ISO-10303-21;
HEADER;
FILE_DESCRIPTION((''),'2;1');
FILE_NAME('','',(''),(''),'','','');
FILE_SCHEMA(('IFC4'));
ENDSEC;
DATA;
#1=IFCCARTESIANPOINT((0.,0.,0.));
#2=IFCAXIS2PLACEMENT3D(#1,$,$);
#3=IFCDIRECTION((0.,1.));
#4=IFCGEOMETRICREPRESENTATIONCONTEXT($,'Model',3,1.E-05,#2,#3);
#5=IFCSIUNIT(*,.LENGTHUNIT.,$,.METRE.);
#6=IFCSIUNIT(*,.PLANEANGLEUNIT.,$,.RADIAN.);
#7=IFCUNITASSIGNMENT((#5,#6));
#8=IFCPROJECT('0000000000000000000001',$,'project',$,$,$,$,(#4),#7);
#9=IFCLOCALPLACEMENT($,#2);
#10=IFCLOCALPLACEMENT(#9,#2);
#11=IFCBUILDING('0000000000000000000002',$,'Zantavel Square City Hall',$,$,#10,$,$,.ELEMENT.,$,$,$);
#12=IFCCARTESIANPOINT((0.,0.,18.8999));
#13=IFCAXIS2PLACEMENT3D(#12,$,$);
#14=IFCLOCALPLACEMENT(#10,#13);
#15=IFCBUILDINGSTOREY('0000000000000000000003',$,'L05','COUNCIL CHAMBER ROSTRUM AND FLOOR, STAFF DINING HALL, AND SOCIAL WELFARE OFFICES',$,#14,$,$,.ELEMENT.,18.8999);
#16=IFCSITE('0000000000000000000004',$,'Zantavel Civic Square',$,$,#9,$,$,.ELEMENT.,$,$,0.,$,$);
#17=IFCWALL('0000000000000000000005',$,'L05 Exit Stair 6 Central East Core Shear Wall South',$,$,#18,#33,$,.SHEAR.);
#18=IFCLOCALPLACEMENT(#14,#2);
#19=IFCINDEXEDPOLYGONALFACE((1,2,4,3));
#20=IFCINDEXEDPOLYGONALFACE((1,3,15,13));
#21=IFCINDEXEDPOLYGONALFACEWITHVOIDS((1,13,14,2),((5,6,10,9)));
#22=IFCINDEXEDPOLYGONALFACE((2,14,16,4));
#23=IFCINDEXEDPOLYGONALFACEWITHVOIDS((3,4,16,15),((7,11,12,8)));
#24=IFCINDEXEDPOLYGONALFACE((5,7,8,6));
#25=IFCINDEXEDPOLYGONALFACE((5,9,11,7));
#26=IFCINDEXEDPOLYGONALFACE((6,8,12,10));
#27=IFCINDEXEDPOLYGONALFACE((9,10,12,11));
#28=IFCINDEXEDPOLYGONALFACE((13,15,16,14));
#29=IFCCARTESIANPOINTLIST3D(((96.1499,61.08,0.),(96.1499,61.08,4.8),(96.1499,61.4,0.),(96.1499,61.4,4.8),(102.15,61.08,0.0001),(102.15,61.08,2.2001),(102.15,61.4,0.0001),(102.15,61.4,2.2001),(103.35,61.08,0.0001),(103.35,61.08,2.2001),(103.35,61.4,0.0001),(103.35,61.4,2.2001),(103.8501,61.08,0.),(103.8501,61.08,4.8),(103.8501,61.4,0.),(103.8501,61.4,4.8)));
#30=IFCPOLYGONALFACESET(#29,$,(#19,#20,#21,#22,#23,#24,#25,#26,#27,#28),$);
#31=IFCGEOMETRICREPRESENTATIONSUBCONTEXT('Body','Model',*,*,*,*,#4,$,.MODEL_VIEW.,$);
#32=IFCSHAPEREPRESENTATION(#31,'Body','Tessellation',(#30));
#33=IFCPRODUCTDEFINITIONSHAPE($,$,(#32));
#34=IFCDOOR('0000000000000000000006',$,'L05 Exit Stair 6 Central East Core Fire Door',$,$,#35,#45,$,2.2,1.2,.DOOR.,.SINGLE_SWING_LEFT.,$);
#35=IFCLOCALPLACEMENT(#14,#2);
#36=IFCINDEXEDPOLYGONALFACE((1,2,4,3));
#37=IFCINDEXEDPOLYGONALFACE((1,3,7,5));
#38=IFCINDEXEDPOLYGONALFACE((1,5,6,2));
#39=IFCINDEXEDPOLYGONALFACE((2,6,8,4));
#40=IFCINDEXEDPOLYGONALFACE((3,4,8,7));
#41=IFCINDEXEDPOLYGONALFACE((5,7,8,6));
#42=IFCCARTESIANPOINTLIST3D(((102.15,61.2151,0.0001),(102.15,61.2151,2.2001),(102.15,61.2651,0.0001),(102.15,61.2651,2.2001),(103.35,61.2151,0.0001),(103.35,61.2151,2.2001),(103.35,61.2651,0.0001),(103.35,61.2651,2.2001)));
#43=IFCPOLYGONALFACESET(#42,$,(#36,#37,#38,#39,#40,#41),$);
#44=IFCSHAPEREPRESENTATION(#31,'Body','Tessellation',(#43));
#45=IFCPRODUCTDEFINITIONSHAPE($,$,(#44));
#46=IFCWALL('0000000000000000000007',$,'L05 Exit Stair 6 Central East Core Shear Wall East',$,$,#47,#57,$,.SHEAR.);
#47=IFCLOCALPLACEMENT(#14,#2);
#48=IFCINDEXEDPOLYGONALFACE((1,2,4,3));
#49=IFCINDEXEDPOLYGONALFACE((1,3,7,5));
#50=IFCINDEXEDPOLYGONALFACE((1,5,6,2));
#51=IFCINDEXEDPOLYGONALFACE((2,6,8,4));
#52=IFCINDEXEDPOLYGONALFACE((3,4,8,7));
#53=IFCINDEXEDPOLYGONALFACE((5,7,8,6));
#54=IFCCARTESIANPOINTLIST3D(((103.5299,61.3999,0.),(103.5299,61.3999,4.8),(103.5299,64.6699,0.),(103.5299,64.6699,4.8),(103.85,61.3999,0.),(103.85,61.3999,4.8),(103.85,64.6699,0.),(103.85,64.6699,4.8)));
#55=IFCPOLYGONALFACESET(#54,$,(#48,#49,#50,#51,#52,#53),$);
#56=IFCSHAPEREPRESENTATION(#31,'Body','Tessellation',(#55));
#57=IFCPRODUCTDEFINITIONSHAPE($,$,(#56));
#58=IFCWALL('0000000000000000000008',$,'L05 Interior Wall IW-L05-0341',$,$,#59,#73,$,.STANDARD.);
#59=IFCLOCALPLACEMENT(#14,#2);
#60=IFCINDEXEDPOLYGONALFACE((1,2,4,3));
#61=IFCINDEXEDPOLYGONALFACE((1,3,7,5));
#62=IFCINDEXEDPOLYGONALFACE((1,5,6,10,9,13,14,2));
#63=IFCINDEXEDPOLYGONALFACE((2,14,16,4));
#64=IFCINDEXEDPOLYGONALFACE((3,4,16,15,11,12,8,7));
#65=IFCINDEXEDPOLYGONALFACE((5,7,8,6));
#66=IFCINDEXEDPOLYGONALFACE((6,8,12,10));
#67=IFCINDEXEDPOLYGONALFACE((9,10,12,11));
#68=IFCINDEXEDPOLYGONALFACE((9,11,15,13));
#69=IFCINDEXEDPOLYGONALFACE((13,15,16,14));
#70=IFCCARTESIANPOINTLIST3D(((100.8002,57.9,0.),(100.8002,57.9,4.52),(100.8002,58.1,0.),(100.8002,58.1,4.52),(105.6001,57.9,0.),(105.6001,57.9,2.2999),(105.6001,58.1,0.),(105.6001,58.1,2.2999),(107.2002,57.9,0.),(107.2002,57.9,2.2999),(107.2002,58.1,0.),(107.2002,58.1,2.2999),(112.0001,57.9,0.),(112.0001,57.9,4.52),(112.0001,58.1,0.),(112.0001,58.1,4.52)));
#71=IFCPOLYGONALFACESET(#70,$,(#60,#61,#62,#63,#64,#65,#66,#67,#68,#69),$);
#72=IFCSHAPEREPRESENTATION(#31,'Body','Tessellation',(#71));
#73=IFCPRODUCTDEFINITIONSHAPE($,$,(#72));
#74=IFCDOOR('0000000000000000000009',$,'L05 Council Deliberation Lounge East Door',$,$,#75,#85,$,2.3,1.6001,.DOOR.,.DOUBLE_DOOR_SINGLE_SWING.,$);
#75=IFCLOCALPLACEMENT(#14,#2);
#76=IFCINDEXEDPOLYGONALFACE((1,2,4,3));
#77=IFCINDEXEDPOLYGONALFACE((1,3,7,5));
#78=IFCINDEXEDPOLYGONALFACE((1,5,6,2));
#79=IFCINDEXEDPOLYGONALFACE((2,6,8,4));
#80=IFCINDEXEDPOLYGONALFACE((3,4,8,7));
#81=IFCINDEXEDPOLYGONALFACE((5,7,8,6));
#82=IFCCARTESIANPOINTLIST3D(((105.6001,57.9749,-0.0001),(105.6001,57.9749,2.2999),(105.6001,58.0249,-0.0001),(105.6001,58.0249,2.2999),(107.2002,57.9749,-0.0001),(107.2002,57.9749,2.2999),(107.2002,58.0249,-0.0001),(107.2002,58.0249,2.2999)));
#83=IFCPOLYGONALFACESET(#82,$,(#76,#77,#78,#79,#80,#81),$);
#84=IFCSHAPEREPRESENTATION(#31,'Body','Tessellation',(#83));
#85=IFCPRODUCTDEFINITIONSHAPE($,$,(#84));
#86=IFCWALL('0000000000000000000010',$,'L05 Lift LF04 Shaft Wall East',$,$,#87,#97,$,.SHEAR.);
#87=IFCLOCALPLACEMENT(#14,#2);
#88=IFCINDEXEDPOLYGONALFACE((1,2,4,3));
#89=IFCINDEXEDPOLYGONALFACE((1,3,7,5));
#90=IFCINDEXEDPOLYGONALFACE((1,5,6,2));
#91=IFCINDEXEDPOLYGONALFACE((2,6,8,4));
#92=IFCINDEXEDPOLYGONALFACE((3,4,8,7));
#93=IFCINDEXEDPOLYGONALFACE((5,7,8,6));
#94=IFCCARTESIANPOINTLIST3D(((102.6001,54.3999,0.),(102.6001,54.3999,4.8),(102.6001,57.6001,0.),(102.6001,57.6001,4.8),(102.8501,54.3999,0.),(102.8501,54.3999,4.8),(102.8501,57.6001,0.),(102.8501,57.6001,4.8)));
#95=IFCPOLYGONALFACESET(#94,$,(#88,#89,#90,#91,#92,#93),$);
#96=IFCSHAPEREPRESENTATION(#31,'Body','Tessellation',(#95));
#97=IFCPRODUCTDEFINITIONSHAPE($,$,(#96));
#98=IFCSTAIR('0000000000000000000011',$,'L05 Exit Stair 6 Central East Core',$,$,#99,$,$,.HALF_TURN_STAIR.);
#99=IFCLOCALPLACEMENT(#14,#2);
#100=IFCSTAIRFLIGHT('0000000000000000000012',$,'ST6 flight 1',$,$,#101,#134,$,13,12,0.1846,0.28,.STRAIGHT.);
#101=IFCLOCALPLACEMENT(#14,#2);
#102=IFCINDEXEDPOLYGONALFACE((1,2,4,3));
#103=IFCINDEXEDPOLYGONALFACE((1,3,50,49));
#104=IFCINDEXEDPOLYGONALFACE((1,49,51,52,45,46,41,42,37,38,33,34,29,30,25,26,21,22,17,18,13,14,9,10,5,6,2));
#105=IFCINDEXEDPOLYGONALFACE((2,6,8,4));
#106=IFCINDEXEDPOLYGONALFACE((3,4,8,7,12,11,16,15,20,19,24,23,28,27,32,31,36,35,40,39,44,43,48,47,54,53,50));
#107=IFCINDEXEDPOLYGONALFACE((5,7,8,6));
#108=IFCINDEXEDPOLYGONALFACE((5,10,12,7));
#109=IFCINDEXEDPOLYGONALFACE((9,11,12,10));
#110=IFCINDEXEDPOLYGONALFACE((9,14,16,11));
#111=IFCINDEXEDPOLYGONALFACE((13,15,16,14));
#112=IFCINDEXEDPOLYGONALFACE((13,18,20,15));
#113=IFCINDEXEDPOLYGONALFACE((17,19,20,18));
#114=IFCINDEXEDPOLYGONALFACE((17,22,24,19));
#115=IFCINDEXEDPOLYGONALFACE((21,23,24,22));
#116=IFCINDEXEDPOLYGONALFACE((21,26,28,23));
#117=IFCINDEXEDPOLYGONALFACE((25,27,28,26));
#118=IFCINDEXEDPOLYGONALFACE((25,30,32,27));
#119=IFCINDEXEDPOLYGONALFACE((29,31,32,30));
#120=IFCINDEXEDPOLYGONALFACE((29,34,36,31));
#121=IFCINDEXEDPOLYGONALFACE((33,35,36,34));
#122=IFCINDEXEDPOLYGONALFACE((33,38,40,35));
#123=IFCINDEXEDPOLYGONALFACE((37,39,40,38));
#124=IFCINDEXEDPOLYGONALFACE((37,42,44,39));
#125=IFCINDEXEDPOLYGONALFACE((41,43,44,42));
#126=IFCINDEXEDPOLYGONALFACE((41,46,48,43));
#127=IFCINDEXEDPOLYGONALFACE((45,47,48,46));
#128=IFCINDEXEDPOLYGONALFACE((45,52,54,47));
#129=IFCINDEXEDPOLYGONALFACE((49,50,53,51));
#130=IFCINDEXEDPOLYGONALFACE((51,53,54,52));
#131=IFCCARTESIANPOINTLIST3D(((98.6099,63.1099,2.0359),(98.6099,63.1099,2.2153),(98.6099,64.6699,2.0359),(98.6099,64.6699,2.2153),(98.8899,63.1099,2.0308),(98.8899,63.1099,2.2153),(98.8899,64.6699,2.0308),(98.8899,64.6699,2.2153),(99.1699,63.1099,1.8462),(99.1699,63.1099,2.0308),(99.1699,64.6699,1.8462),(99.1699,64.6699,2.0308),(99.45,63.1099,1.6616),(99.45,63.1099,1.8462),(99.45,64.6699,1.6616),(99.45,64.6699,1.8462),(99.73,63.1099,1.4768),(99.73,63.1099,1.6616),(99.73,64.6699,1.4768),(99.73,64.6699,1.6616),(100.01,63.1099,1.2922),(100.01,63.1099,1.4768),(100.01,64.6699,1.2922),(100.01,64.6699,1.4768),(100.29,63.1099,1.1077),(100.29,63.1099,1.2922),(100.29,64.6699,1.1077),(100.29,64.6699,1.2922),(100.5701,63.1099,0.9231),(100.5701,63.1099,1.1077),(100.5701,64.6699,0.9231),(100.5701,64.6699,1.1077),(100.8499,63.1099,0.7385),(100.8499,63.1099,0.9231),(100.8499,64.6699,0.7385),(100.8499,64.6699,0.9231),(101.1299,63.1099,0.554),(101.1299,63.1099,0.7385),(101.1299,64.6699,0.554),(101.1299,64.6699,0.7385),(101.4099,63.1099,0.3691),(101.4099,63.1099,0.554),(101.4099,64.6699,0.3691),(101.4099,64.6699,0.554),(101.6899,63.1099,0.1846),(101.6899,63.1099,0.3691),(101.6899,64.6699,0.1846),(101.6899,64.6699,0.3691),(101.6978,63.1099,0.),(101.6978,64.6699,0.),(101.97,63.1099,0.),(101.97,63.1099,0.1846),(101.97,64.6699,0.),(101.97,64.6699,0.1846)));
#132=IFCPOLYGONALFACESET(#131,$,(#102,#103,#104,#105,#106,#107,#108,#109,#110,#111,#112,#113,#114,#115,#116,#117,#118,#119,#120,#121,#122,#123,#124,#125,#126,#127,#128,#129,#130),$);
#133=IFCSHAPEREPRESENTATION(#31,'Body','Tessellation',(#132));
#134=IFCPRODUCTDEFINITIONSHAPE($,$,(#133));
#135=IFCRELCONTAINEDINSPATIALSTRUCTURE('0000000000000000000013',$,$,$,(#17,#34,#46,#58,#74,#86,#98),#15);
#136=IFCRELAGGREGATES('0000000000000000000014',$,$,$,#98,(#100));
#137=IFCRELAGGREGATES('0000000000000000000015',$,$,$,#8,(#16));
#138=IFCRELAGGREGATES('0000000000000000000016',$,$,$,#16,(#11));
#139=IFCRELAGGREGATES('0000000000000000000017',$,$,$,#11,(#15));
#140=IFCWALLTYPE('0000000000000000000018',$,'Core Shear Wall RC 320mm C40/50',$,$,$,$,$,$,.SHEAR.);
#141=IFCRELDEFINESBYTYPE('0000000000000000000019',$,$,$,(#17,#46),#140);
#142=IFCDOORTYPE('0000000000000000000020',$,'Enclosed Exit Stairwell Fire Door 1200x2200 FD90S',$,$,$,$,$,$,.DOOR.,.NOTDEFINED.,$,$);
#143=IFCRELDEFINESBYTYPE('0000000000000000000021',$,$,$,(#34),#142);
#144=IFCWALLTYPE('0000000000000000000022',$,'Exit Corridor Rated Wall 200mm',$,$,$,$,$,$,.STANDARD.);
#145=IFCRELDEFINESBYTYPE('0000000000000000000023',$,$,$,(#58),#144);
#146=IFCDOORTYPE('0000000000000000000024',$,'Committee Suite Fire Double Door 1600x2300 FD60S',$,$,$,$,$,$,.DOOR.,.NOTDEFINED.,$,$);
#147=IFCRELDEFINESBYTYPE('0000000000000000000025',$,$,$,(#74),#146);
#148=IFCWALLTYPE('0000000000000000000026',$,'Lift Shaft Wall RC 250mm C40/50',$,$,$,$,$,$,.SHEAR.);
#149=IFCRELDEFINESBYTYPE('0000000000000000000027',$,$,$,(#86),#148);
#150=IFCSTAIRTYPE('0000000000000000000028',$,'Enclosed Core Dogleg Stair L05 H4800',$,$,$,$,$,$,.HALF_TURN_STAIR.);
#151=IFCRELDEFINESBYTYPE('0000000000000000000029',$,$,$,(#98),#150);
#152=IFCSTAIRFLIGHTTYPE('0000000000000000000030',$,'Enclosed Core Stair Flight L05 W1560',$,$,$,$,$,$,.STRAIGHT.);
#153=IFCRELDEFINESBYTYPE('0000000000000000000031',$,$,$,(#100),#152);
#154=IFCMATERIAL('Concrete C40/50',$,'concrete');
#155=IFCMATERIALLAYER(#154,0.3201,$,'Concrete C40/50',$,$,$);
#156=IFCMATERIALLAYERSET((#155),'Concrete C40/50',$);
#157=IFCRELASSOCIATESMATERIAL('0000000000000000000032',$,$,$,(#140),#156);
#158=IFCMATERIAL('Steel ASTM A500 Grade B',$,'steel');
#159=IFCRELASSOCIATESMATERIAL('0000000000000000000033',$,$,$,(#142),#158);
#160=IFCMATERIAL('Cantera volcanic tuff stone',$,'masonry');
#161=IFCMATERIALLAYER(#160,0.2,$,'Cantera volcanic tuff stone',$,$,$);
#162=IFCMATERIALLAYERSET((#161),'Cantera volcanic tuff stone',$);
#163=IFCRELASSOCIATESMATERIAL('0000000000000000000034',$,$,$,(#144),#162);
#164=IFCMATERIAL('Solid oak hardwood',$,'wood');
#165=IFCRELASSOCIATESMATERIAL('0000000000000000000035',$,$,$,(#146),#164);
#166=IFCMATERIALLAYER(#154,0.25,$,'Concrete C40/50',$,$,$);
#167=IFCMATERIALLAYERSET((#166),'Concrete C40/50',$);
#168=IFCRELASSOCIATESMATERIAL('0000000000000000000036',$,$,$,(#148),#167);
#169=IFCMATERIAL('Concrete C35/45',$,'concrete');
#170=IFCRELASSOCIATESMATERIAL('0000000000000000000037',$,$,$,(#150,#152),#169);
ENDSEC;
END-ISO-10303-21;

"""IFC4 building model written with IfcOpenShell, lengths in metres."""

from ifc_helpers import new_model, si_unit, direction, frame, frame_2d, origin, place, context, subcontext, project, spatial, polyline, rectangle, outline, extrude, material, layer, layer_set, type_object, element, fill, aggregate, save


model = new_model("IFC4")

# Units and contexts
model_context = context("Model", 3, precision=1e-05, world=origin(), true_north=direction((0.0, 1.0)))
body_context = subcontext(model_context, "Body", "Model", "MODEL_VIEW")
ifc_project = project(units=[si_unit("LENGTHUNIT", "METRE"), si_unit("PLANEANGLEUNIT", "RADIAN")], contexts=[model_context])

# Site, building, storey
site_placement = place(None, origin())
site = spatial("IfcSite", under=ifc_project, at=site_placement, Name="Zantavel Civic Square", CompositionType="ELEMENT", RefElevation=0.0)
building_placement = place(site_placement, origin())
building = spatial("IfcBuilding", under=site, at=building_placement, Name="Zantavel Square City Hall", CompositionType="ELEMENT")
storey_placement = place(building_placement, frame((0.0, 0.0, 18.8999)))
storey = spatial("IfcBuildingStorey", under=building, at=storey_placement, Name="L05", Description="COUNCIL CHAMBER ROSTRUM AND FLOOR, STAFF DINING HALL, AND SOCIAL WELFARE OFFICES", CompositionType="ELEMENT", Elevation=18.8999)

# Shared definitions
ifc_material_1 = material(Name="Concrete C40/50", Category="concrete")

# Shared definitions
ifc_material_2 = material(Name="Concrete C35/45", Category="concrete")

# Wall, opening, door
ifc_layer_1 = layer(ifc_material_1, 0.3201, Name="Concrete C40/50")
ifc_layer_set_1 = layer_set([ifc_layer_1], Name="Concrete C40/50")
wall_type_1 = type_object("IfcWallType", Name="Core Shear Wall RC 320mm C40/50", PredefinedType="SHEAR", material=ifc_layer_set_1)
wall_1_placement = place(storey_placement, frame((103.8501, 61.24, 0.0), z_axis=(0.0, 0.0, 1.0), x_axis=(-1.0, 0.0, 0.0)))
wall_1 = element("IfcWall", 1, at=wall_1_placement, inside=storey, type_object=wall_type_1, Name="L05 Exit Stair 6 Central East Core Shear Wall South", PredefinedType="SHEAR", context=body_context, shape_type="SweptSolid", body=[
    extrude(rectangle(XDim=7.7002, YDim=0.3201, at=frame_2d((3.8501, 0.0))), origin(), (0.0, 0.0, 1.0), 4.8),
])
opening_1_placement = place(wall_1_placement, frame((0.5, 0.0, 0.0)))
opening_1 = element("IfcOpeningElement", 2, at=opening_1_placement, cuts=wall_1, PredefinedType="OPENING", context=body_context, shape_type="SweptSolid", body=[
    extrude(rectangle(XDim=1.2, YDim=2.2, at=frame_2d((0.6001, 1.1001))), frame((0.0, 0.1699, 0.0), z_axis=(0.0, -1.0, 0.0), x_axis=(1.0, 0.0, 0.0)), (0.0, 0.0, 1.0), 0.3401),
])
ifc_material_3 = material(Name="Steel ASTM A500 Grade B", Category="steel")
door_type_1 = type_object("IfcDoorType", Name="Enclosed Exit Stairwell Fire Door 1200x2200 FD90S", OperationType="NOTDEFINED", PredefinedType="DOOR", material=ifc_material_3)
door_1_placement = place(opening_1_placement, origin())
door_1 = element("IfcDoor", 3, at=door_1_placement, inside=storey, type_object=door_type_1, Name="L05 Exit Stair 6 Central East Core Fire Door", OperationType="SINGLE_SWING_LEFT", OverallHeight=2.2, OverallWidth=1.2, PredefinedType="DOOR", context=body_context, shape_type="SweptSolid", body=[
    extrude(rectangle(XDim=1.2, YDim=2.2, at=frame_2d((0.6001, 1.1001))), frame((0.0, 0.0249, 0.0), z_axis=(0.0, -1.0, 0.0), x_axis=(1.0, 0.0, 0.0)), (0.0, 0.0, 1.0), 0.05),
])
fill(opening_1, door_1)

# Wall
wall_2_placement = place(storey_placement, frame((103.6899, 64.6699, 0.0), z_axis=(0.0, 0.0, 1.0), x_axis=(0.0, -1.0, 0.0)))
element("IfcWall", 4, at=wall_2_placement, inside=storey, type_object=wall_type_1, Name="L05 Exit Stair 6 Central East Core Shear Wall East", PredefinedType="SHEAR", context=body_context, shape_type="SweptSolid", body=[
    extrude(rectangle(XDim=3.27, YDim=0.3201, at=frame_2d((1.635, 0.0))), origin(), (0.0, 0.0, 1.0), 4.8),
])

# Wall, opening, door
ifc_material_4 = material(Name="Cantera volcanic tuff stone", Category="masonry")
ifc_layer_2 = layer(ifc_material_4, 0.2, Name="Cantera volcanic tuff stone")
ifc_layer_set_2 = layer_set([ifc_layer_2], Name="Cantera volcanic tuff stone")
wall_type_2 = type_object("IfcWallType", Name="Exit Corridor Rated Wall 200mm", PredefinedType="STANDARD", material=ifc_layer_set_2)
wall_3_placement = place(storey_placement, frame((100.8, 58.0, 0.0), z_axis=(0.0, 0.0, 1.0), x_axis=(1.0, 0.0, 0.0)))
wall_3 = element("IfcWall", 5, at=wall_3_placement, inside=storey, type_object=wall_type_2, Name="L05 Interior Wall IW-L05-0341", PredefinedType="STANDARD", context=body_context, shape_type="SweptSolid", body=[
    extrude(rectangle(XDim=11.2, YDim=0.2, at=frame_2d((5.6001, 0.0))), origin(), (0.0, 0.0, 1.0), 4.52),
])
opening_2_placement = place(wall_3_placement, frame((4.8, 0.0, 0.0)))
opening_2 = element("IfcOpeningElement", 6, at=opening_2_placement, cuts=wall_3, PredefinedType="OPENING", context=body_context, shape_type="SweptSolid", body=[
    extrude(rectangle(XDim=1.6001, YDim=2.3, at=frame_2d((0.8, 1.1499))), frame((0.0, 0.1099, 0.0), z_axis=(0.0, -1.0, 0.0), x_axis=(1.0, 0.0, 0.0)), (0.0, 0.0, 1.0), 0.22),
])
ifc_material_5 = material(Name="Solid oak hardwood", Category="wood")
door_type_2 = type_object("IfcDoorType", Name="Committee Suite Fire Double Door 1600x2300 FD60S", OperationType="NOTDEFINED", PredefinedType="DOOR", material=ifc_material_5)
door_2_placement = place(opening_2_placement, origin())
door_2 = element("IfcDoor", 7, at=door_2_placement, inside=storey, type_object=door_type_2, Name="L05 Council Deliberation Lounge East Door", OperationType="DOUBLE_DOOR_SINGLE_SWING", OverallHeight=2.3, OverallWidth=1.6001, PredefinedType="DOOR", context=body_context, shape_type="SweptSolid", body=[
    extrude(rectangle(XDim=1.6001, YDim=2.3, at=frame_2d((0.8, 1.1499))), frame((0.0, 0.0249, 0.0), z_axis=(0.0, -1.0, 0.0), x_axis=(1.0, 0.0, 0.0)), (0.0, 0.0, 1.0), 0.05),
])
fill(opening_2, door_2)

# Wall
ifc_layer_3 = layer(ifc_material_1, 0.25, Name="Concrete C40/50")
ifc_layer_set_3 = layer_set([ifc_layer_3], Name="Concrete C40/50")
wall_type_3 = type_object("IfcWallType", Name="Lift Shaft Wall RC 250mm C40/50", PredefinedType="SHEAR", material=ifc_layer_set_3)
wall_4_placement = place(storey_placement, frame((102.7251, 57.6001, 0.0), z_axis=(0.0, 0.0, 1.0), x_axis=(0.0, -1.0, 0.0)))
element("IfcWall", 8, at=wall_4_placement, inside=storey, type_object=wall_type_3, Name="L05 Lift LF04 Shaft Wall East", PredefinedType="SHEAR", context=body_context, shape_type="SweptSolid", body=[
    extrude(rectangle(XDim=3.2002, YDim=0.25, at=frame_2d((1.6001, 0.0))), origin(), (0.0, 0.0, 1.0), 4.8),
])

# Stair, stair flight
stair_type = type_object("IfcStairType", Name="Enclosed Core Dogleg Stair L05 H4800", PredefinedType="HALF_TURN_STAIR", material=ifc_material_2)
stair_placement = place(storey_placement, origin())
stair = element("IfcStair", 9, at=stair_placement, inside=storey, type_object=stair_type, Name="L05 Exit Stair 6 Central East Core", PredefinedType="HALF_TURN_STAIR")
stair_flight_type = type_object("IfcStairFlightType", Name="Enclosed Core Stair Flight L05 W1560", PredefinedType="STRAIGHT", material=ifc_material_2)
stair_flight_placement = place(storey_placement, frame((101.97, 63.8899, 0.0), z_axis=(0.0, 0.0, 1.0), x_axis=(-1.0, 0.0, 0.0)))
stair_flight = element("IfcStairFlight", 10, at=stair_flight_placement, type_object=stair_flight_type, Name="ST6 flight 1", NumberOfRisers=13, NumberOfTreads=12, PredefinedType="STRAIGHT", RiserHeight=0.1846, TreadLength=0.28, context=body_context, shape_type="SweptSolid", body=[
    extrude(outline(polyline([(0.0, 0.0), (0.0, 0.1846), (0.28, 0.1846), (0.28, 0.3691), (0.5601, 0.3691), (0.5601, 0.554), (0.8401, 0.554), (0.8401, 0.7385), (1.1201, 0.7385), (1.1201, 0.9231), (1.3999, 0.9231), (1.3999, 1.1077), (1.6799, 1.1077), (1.6799, 1.2922), (1.96, 1.2922), (1.96, 1.4768), (2.24, 1.4768), (2.24, 1.6616), (2.52, 1.6616), (2.52, 1.8462), (2.8, 1.8462), (2.8, 2.0308), (3.0801, 2.0308), (3.0801, 2.2153), (3.3601, 2.2153), (3.3601, 2.3999), (3.3601, 2.0359), (0.2722, 0.0), (0.0, 0.0)])), frame((0.0, 0.78, 0.0), z_axis=(0.0, -1.0, 0.0), x_axis=(1.0, 0.0, 0.0)), (0.0, 0.0, 1.0), 1.5601),
])
aggregate(stair, [stair_flight])

save(model, "model.ifc")
